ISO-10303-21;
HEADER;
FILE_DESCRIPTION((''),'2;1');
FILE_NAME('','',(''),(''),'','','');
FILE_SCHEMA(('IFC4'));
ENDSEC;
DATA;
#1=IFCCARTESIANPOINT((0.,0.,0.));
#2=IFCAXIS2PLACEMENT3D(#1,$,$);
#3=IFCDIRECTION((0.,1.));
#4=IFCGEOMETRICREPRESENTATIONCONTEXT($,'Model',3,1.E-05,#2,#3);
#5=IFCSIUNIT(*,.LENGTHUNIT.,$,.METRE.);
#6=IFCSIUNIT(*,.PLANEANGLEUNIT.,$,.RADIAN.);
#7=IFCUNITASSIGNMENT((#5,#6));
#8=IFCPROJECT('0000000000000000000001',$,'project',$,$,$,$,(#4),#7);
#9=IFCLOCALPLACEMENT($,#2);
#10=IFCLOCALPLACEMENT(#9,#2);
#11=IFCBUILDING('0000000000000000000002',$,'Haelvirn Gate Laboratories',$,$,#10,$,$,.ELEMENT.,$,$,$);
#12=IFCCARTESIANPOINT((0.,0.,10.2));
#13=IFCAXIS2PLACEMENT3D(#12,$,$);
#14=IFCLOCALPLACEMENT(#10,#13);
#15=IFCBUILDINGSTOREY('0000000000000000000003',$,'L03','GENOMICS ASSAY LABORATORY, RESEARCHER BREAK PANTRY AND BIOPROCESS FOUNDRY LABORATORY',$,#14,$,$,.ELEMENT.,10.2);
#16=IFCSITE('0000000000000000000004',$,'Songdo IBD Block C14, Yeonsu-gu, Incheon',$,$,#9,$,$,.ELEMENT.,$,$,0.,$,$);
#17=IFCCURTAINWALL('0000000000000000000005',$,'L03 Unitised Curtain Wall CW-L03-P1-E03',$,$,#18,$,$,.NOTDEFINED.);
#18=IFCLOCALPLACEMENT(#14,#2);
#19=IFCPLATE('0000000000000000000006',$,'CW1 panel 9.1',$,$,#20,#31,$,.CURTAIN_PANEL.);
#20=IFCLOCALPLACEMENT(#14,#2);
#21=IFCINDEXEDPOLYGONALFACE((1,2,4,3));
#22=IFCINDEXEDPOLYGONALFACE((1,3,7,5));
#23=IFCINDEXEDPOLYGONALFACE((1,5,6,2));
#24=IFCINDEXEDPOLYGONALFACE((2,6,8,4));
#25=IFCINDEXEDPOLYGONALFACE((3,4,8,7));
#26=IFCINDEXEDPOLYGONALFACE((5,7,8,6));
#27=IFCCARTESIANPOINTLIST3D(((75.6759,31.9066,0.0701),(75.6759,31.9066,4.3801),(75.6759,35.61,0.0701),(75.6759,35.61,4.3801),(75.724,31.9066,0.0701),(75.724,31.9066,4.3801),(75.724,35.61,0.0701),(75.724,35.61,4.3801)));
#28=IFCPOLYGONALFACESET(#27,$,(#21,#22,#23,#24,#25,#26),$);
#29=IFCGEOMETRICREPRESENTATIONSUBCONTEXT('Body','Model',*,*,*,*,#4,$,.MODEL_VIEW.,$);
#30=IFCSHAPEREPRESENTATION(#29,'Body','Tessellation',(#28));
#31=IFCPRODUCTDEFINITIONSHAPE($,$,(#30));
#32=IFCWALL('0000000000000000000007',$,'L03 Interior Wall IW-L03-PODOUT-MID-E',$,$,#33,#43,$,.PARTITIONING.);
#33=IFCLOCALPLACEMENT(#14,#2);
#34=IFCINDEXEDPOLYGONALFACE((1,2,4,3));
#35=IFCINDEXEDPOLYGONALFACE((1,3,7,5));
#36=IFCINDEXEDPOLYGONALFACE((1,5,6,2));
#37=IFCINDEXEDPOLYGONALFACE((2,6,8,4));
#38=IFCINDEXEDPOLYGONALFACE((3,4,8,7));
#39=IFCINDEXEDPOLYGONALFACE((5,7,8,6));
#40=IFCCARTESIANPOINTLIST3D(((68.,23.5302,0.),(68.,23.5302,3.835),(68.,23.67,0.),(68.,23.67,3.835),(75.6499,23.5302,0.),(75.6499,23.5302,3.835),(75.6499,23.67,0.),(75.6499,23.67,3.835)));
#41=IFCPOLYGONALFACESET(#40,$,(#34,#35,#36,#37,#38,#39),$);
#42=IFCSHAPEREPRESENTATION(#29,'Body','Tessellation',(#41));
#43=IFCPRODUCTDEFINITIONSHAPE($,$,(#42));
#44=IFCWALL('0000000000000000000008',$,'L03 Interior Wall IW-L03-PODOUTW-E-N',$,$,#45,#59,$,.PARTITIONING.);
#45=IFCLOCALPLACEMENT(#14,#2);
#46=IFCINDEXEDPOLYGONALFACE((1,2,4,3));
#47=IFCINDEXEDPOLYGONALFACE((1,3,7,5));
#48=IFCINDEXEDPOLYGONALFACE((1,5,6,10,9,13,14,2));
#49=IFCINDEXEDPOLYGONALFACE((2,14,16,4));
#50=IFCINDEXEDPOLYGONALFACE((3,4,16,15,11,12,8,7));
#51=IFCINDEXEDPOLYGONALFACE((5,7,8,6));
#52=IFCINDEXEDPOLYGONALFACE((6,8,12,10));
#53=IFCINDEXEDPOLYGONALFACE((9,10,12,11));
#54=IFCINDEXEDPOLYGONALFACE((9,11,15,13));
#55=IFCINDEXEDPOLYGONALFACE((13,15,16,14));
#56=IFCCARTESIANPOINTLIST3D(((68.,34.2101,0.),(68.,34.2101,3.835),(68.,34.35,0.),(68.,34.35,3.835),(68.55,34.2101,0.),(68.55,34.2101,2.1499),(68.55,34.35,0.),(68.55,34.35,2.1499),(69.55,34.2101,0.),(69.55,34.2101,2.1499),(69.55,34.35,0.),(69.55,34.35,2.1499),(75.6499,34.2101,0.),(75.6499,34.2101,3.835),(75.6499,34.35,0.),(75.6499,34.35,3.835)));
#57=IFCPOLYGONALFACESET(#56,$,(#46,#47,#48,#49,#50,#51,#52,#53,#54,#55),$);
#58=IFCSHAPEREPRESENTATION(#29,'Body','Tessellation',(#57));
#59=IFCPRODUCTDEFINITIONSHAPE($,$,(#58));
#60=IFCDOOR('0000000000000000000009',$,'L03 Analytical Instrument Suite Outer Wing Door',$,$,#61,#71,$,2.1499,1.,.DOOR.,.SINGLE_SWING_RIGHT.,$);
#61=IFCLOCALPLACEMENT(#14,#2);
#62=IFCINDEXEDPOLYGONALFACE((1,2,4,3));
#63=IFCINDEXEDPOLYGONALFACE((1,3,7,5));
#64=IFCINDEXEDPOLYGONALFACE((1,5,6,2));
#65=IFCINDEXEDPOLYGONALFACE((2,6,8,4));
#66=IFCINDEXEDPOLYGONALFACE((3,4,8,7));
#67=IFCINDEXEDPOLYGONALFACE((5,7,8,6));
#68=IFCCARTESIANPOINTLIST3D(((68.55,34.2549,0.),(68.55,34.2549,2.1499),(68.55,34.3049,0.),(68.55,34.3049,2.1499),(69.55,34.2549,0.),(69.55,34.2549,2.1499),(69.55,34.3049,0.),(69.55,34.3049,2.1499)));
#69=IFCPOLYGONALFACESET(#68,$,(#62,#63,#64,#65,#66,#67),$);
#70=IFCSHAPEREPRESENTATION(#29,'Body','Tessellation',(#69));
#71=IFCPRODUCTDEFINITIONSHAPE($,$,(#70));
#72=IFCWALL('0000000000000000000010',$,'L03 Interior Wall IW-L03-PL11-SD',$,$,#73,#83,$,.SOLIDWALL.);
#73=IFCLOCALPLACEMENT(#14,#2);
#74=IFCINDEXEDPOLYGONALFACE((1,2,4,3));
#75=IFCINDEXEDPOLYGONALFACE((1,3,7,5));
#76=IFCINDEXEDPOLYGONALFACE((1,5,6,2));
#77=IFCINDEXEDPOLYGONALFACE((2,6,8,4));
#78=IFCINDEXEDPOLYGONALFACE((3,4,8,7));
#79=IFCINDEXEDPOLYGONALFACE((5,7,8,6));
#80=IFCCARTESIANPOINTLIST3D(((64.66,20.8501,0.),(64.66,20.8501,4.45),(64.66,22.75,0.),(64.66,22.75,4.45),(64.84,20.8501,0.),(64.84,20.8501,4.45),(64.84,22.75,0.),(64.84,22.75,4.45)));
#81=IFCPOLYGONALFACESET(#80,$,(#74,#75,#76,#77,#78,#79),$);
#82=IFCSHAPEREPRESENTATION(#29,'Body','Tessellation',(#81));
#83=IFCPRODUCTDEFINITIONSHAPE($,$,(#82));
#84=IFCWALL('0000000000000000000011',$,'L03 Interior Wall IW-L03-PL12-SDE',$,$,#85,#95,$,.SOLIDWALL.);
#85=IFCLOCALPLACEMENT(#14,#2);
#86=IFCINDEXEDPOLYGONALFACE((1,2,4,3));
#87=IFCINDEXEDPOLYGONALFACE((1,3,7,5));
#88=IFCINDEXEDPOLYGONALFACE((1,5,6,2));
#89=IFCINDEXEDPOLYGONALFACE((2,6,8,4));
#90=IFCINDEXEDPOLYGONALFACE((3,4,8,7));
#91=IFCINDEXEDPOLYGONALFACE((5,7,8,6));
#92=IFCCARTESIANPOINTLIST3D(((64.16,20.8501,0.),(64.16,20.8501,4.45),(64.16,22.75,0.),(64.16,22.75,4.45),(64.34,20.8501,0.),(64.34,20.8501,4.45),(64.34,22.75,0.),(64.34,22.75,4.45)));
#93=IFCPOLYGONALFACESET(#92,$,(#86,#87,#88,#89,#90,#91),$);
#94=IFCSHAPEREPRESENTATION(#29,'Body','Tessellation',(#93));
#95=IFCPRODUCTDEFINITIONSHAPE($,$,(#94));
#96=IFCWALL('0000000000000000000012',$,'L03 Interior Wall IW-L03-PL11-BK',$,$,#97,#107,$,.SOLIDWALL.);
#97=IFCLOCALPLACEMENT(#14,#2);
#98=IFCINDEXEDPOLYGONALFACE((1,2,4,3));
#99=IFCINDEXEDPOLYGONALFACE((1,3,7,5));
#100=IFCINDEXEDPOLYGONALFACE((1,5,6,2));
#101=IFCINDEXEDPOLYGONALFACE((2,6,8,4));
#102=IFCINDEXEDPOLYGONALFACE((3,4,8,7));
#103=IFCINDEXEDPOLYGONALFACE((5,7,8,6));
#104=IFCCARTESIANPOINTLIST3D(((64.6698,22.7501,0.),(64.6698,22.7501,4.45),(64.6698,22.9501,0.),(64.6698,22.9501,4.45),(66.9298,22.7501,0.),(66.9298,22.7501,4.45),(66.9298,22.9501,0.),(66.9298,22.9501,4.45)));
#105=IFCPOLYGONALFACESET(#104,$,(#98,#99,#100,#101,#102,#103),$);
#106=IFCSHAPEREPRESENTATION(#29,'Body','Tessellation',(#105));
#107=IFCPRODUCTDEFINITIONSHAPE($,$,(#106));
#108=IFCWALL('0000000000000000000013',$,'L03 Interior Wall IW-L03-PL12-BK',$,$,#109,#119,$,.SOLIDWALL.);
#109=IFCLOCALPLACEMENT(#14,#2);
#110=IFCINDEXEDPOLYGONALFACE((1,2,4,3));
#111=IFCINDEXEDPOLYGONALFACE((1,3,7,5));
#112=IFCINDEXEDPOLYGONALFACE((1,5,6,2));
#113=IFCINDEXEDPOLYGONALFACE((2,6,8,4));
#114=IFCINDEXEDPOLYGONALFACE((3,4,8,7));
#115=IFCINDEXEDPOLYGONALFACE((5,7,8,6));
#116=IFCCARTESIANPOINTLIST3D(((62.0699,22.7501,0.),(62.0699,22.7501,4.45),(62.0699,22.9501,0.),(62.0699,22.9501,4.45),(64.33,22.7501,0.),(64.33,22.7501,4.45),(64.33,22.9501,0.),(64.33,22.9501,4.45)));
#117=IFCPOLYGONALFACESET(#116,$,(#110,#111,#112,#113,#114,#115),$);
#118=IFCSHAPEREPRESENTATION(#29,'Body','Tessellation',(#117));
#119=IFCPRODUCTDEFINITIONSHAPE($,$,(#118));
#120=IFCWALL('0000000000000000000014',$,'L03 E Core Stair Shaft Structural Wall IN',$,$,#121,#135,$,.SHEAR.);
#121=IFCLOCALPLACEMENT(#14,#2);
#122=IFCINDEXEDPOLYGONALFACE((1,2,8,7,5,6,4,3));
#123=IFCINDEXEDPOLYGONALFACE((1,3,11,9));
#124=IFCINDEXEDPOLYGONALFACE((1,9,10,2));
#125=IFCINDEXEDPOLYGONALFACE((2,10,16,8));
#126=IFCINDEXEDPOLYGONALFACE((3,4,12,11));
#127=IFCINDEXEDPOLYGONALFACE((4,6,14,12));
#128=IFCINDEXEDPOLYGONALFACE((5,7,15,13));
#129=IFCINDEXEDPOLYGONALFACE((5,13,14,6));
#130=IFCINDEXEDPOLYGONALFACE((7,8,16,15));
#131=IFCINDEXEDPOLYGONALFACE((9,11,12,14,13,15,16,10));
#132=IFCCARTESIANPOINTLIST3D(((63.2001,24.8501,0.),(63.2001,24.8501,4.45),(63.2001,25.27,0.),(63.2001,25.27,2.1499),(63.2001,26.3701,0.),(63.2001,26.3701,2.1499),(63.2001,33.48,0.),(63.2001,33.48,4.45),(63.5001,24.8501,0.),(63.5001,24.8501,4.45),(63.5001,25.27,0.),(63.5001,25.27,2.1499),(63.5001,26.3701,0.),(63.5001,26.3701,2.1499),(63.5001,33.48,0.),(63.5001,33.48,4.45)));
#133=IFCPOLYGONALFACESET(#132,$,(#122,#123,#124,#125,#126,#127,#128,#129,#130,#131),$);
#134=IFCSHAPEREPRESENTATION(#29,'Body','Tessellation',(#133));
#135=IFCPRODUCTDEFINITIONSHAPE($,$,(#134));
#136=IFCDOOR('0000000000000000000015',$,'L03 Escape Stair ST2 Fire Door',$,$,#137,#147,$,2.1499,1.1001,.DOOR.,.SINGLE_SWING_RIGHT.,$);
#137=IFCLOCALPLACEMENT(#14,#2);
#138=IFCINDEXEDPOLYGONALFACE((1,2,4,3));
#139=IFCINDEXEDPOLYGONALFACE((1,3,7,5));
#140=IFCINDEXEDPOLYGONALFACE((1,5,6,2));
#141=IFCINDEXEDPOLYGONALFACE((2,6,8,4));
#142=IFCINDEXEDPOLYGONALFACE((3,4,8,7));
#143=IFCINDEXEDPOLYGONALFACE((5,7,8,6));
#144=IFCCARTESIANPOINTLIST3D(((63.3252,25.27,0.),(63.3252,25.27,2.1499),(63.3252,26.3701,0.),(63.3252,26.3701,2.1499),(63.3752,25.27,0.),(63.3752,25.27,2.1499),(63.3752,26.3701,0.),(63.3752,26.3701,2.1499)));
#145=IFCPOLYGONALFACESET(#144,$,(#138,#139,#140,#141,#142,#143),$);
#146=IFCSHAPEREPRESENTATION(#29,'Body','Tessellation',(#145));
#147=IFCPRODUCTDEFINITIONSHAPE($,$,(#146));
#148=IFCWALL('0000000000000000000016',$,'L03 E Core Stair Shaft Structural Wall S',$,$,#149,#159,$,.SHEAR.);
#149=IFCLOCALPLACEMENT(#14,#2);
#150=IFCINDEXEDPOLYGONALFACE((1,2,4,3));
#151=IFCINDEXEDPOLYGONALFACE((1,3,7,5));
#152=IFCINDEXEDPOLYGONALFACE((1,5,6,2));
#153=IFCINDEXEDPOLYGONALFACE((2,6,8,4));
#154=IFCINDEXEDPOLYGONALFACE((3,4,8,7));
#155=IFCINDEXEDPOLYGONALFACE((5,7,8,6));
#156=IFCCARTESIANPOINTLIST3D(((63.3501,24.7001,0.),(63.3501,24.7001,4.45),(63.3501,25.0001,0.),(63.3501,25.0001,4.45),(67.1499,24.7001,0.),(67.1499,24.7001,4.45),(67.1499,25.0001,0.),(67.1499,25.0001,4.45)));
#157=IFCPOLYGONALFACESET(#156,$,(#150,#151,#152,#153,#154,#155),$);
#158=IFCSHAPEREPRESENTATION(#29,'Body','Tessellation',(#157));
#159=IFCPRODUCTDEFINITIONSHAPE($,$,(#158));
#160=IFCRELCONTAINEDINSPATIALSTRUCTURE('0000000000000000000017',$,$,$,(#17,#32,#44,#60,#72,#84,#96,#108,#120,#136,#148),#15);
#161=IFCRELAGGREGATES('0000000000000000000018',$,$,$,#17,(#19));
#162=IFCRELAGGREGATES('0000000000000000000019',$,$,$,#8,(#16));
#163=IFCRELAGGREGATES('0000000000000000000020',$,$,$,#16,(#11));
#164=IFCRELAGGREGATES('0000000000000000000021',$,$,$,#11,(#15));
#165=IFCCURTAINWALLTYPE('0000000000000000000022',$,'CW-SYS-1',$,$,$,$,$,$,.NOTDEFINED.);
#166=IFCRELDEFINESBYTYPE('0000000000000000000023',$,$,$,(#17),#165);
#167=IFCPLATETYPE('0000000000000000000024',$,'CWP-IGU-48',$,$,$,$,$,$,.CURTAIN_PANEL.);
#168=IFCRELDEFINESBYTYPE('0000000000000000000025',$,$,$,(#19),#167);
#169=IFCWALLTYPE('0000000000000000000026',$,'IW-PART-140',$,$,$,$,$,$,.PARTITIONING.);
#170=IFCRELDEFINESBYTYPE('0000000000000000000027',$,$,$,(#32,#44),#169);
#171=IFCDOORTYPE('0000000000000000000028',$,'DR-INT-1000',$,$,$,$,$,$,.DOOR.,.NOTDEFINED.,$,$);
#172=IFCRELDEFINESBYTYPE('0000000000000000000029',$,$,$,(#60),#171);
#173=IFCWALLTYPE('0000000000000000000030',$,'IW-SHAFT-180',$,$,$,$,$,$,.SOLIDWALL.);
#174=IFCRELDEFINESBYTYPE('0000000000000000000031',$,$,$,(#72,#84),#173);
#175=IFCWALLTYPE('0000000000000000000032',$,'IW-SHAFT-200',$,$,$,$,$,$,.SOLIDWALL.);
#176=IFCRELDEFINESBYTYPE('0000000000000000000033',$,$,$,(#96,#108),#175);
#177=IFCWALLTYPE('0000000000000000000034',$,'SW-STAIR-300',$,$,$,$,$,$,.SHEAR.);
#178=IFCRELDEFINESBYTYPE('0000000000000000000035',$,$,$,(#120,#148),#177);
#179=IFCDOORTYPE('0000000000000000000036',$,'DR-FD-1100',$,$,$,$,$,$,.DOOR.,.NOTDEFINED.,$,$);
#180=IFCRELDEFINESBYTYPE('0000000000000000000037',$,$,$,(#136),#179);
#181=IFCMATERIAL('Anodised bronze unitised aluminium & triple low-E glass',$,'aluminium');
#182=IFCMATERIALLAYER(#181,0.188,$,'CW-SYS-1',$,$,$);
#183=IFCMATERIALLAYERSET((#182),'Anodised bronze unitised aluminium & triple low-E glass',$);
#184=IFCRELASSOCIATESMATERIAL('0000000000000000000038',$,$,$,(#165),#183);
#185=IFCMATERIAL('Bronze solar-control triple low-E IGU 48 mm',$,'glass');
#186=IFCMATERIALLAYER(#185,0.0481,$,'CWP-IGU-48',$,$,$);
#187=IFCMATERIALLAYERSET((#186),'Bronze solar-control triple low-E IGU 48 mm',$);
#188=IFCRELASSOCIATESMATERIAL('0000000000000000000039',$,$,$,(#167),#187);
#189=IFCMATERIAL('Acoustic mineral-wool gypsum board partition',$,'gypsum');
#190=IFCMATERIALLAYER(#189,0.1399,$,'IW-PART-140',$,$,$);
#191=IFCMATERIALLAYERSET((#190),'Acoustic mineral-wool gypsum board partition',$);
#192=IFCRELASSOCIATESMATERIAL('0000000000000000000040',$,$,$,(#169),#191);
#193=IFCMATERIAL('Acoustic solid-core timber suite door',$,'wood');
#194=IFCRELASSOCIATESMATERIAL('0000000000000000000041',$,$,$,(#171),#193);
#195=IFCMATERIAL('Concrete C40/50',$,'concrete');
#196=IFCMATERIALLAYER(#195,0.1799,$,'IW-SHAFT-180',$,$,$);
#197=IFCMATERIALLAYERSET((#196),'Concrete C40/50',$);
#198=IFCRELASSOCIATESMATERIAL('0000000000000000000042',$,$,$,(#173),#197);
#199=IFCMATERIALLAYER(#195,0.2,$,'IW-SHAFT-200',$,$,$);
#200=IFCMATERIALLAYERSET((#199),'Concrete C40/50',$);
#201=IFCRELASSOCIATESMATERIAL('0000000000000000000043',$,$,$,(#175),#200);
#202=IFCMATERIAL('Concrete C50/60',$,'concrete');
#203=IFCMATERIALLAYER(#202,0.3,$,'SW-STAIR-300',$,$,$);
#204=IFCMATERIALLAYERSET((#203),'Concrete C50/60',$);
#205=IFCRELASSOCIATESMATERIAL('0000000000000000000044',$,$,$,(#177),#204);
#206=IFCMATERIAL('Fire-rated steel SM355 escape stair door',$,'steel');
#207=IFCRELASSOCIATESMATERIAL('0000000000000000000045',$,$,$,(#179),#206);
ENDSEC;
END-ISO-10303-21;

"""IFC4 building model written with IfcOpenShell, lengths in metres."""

from ifc_helpers import new_model, si_unit, direction, frame, frame_2d, origin, origin_2d, place, context, subcontext, project, spatial, rectangle, extrude, source, transform, mapped, material, layer, layer_set, type_object, type_shapes, element, fill, aggregate, save


model = new_model("IFC4")

# Units and contexts
model_context = context("Model", 3, precision=1e-05, world=origin(), true_north=direction((0.0, 1.0)))
body_context = subcontext(model_context, "Body", "Model", "MODEL_VIEW")
ifc_project = project(units=[si_unit("LENGTHUNIT", "METRE"), si_unit("PLANEANGLEUNIT", "RADIAN")], contexts=[model_context])

# Site, building, storey
site_placement = place(None, origin())
site = spatial("IfcSite", under=ifc_project, at=site_placement, Name="Songdo IBD Block C14, Yeonsu-gu, Incheon", CompositionType="ELEMENT", RefElevation=0.0)
building_placement = place(site_placement, origin())
building = spatial("IfcBuilding", under=site, at=building_placement, Name="Haelvirn Gate Laboratories", CompositionType="ELEMENT")
storey_placement = place(building_placement, frame((0.0, 0.0, 10.2)))
storey = spatial("IfcBuildingStorey", under=building, at=storey_placement, Name="L03", Description="GENOMICS ASSAY LABORATORY, RESEARCHER BREAK PANTRY AND BIOPROCESS FOUNDRY LABORATORY", CompositionType="ELEMENT", Elevation=10.2)

# Curtain wall, plate
ifc_material_1 = material(Name="Anodised bronze unitised aluminium & triple low-E glass", Category="aluminium")
ifc_layer_1 = layer(ifc_material_1, 0.188, Name="CW-SYS-1")
ifc_layer_set_1 = layer_set([ifc_layer_1], Name="Anodised bronze unitised aluminium & triple low-E glass")
curtain_wall_type = type_object("IfcCurtainWallType", Name="CW-SYS-1", PredefinedType="NOTDEFINED", material=ifc_layer_set_1)
curtain_wall_placement = place(storey_placement, origin())
curtain_wall = element("IfcCurtainWall", 1, at=curtain_wall_placement, inside=storey, type_object=curtain_wall_type, Name="L03 Unitised Curtain Wall CW-L03-P1-E03", PredefinedType="NOTDEFINED")
ifc_material_2 = material(Name="Bronze solar-control triple low-E IGU 48 mm", Category="glass")
ifc_layer_2 = layer(ifc_material_2, 0.0481, Name="CWP-IGU-48")
ifc_layer_set_2 = layer_set([ifc_layer_2], Name="Bronze solar-control triple low-E IGU 48 mm")
plate_type = type_object("IfcPlateType", Name="CWP-IGU-48", PredefinedType="CURTAIN_PANEL", material=ifc_layer_set_2)
shared_shape_1 = source(origin(), body_context, "Body", "SweptSolid", [
    extrude(rectangle(XDim=3.7034, YDim=0.0481, at=origin_2d()), origin(), (0.0, 0.0, 1.0), 4.3101),
])
type_shapes(plate_type, [shared_shape_1])
plate_1_placement = place(storey_placement, frame((75.7, 33.7583, 0.0701), z_axis=(0.0, 0.0, 1.0), x_axis=(0.0, 1.0, 0.0)))
plate_1 = element("IfcPlate", 2, at=plate_1_placement, type_object=plate_type, Name="CW1 panel 9.1", PredefinedType="CURTAIN_PANEL", context=body_context, shape_type="MappedRepresentation", body=[
    mapped(shared_shape_1, transform((0.0, 0.0, 0.0), scale=1.0)),
])
aggregate(curtain_wall, [plate_1])

# Wall
ifc_material_3 = material(Name="Acoustic mineral-wool gypsum board partition", Category="gypsum")
ifc_layer_3 = layer(ifc_material_3, 0.1399, Name="IW-PART-140")
ifc_layer_set_3 = layer_set([ifc_layer_3], Name="Acoustic mineral-wool gypsum board partition")
wall_type_1 = type_object("IfcWallType", Name="IW-PART-140", PredefinedType="PARTITIONING", material=ifc_layer_set_3)
wall_1_placement = place(storey_placement, frame((68.0, 23.6001, 0.0), z_axis=(0.0, 0.0, 1.0), x_axis=(1.0, 0.0, 0.0)))
element("IfcWall", 3, at=wall_1_placement, inside=storey, type_object=wall_type_1, Name="L03 Interior Wall IW-L03-PODOUT-MID-E", PredefinedType="PARTITIONING", context=body_context, shape_type="SweptSolid", body=[
    extrude(rectangle(XDim=7.6499, YDim=0.1399, at=frame_2d((3.825, 0.0))), origin(), (0.0, 0.0, 1.0), 3.835),
])

# Wall, opening, door
wall_2_placement = place(storey_placement, frame((68.0, 34.28, 0.0), z_axis=(0.0, 0.0, 1.0), x_axis=(1.0, 0.0, 0.0)))
wall_2 = element("IfcWall", 4, at=wall_2_placement, inside=storey, type_object=wall_type_1, Name="L03 Interior Wall IW-L03-PODOUTW-E-N", PredefinedType="PARTITIONING", context=body_context, shape_type="SweptSolid", body=[
    extrude(rectangle(XDim=7.6499, YDim=0.1399, at=frame_2d((3.825, 0.0))), origin(), (0.0, 0.0, 1.0), 3.835),
])
opening_1_placement = place(wall_2_placement, frame((0.55, 0.0, 0.0)))
opening_1 = element("IfcOpeningElement", 5, at=opening_1_placement, cuts=wall_2, PredefinedType="OPENING", context=body_context, shape_type="SweptSolid", body=[
    extrude(rectangle(XDim=1.0, YDim=2.1499, at=frame_2d((0.5, 1.075))), frame((0.0, 0.0801, 0.0), z_axis=(0.0, -1.0, 0.0), x_axis=(1.0, 0.0, 0.0)), (0.0, 0.0, 1.0), 0.1599),
])
ifc_material_4 = material(Name="Acoustic solid-core timber suite door", Category="wood")
door_type_1 = type_object("IfcDoorType", Name="DR-INT-1000", OperationType="NOTDEFINED", PredefinedType="DOOR", material=ifc_material_4)
shared_shape_2 = source(origin(), body_context, "Body", "SweptSolid", [
    extrude(rectangle(XDim=1.0, YDim=2.1499, at=frame_2d((0.5, 1.075))), frame((0.0, 0.0249, 0.0), z_axis=(0.0, -1.0, 0.0), x_axis=(1.0, 0.0, 0.0)), (0.0, 0.0, 1.0), 0.05),
])
type_shapes(door_type_1, [shared_shape_2])
door_1_placement = place(opening_1_placement, origin())
door_1 = element("IfcDoor", 6, at=door_1_placement, inside=storey, type_object=door_type_1, Name="L03 Analytical Instrument Suite Outer Wing Door", OperationType="SINGLE_SWING_RIGHT", OverallHeight=2.1499, OverallWidth=1.0, PredefinedType="DOOR", context=body_context, shape_type="MappedRepresentation", body=[
    mapped(shared_shape_2, transform((0.0, 0.0, 0.0), scale=1.0)),
])
fill(opening_1, door_1)

# Walls
ifc_material_5 = material(Name="Concrete C40/50", Category="concrete")
ifc_layer_4 = layer(ifc_material_5, 0.1799, Name="IW-SHAFT-180")
ifc_layer_set_4 = layer_set([ifc_layer_4], Name="Concrete C40/50")
wall_type_2 = type_object("IfcWallType", Name="IW-SHAFT-180", PredefinedType="SOLIDWALL", material=ifc_layer_set_4)
for number, where, z_axis, x_axis, name in (
    (7, (64.75, 20.8501, 0.0), (0.0, 0.0, 1.0), (0.0, 1.0, 0.0), "L03 Interior Wall IW-L03-PL11-SD"),
    (8, (64.25, 20.8501, 0.0), (0.0, 0.0, 1.0), (0.0, 1.0, 0.0), "L03 Interior Wall IW-L03-PL12-SDE"),
):
    element("IfcWall", number, at=place(storey_placement, frame(where, z_axis=z_axis, x_axis=x_axis)), inside=storey, type_object=wall_type_2, Name=name, PredefinedType="SOLIDWALL", context=body_context, shape_type="SweptSolid", body=[
        extrude(rectangle(XDim=1.8999, YDim=0.1799, at=frame_2d((0.95, 0.0))), origin(), (0.0, 0.0, 1.0), 4.45),
    ])
ifc_layer_5 = layer(ifc_material_5, 0.2, Name="IW-SHAFT-200")
ifc_layer_set_5 = layer_set([ifc_layer_5], Name="Concrete C40/50")
wall_type_3 = type_object("IfcWallType", Name="IW-SHAFT-200", PredefinedType="SOLIDWALL", material=ifc_layer_set_5)
for number, where, z_axis, x_axis, name in (
    (9, (64.6699, 22.8501, 0.0), (0.0, 0.0, 1.0), (1.0, 0.0, 0.0), "L03 Interior Wall IW-L03-PL11-BK"),
    (10, (62.0701, 22.8501, 0.0), (0.0, 0.0, 1.0), (1.0, 0.0, 0.0), "L03 Interior Wall IW-L03-PL12-BK"),
):
    element("IfcWall", number, at=place(storey_placement, frame(where, z_axis=z_axis, x_axis=x_axis)), inside=storey, type_object=wall_type_3, Name=name, PredefinedType="SOLIDWALL", context=body_context, shape_type="SweptSolid", body=[
        extrude(rectangle(XDim=2.26, YDim=0.2, at=frame_2d((1.1299, 0.0))), origin(), (0.0, 0.0, 1.0), 4.45),
    ])

# Wall, opening, door
ifc_material_6 = material(Name="Concrete C50/60", Category="concrete")
ifc_layer_6 = layer(ifc_material_6, 0.3, Name="SW-STAIR-300")
ifc_layer_set_6 = layer_set([ifc_layer_6], Name="Concrete C50/60")
wall_type_4 = type_object("IfcWallType", Name="SW-STAIR-300", PredefinedType="SHEAR", material=ifc_layer_set_6)
wall_3_placement = place(storey_placement, frame((63.3501, 24.8501, 0.0), z_axis=(0.0, 0.0, 1.0), x_axis=(0.0, 1.0, 0.0)))
wall_3 = element("IfcWall", 11, at=wall_3_placement, inside=storey, type_object=wall_type_4, Name="L03 E Core Stair Shaft Structural Wall IN", PredefinedType="SHEAR", context=body_context, shape_type="SweptSolid", body=[
    extrude(rectangle(XDim=8.6299, YDim=0.3, at=frame_2d((4.3149, 0.0))), origin(), (0.0, 0.0, 1.0), 4.45),
])
opening_2_placement = place(wall_3_placement, frame((0.4199, 0.0, 0.0)))
opening_2 = element("IfcOpeningElement", 12, at=opening_2_placement, cuts=wall_3, PredefinedType="OPENING", context=body_context, shape_type="SweptSolid", body=[
    extrude(rectangle(XDim=1.1001, YDim=2.1499, at=frame_2d((0.55, 1.075))), frame((0.0, 0.1602, 0.0), z_axis=(0.0, -1.0, 0.0), x_axis=(1.0, 0.0, 0.0)), (0.0, 0.0, 1.0), 0.3201),
])
ifc_material_7 = material(Name="Fire-rated steel SM355 escape stair door", Category="steel")
door_type_2 = type_object("IfcDoorType", Name="DR-FD-1100", OperationType="NOTDEFINED", PredefinedType="DOOR", material=ifc_material_7)
shared_shape_3 = source(origin(), body_context, "Body", "SweptSolid", [
    extrude(rectangle(XDim=1.1001, YDim=2.1499, at=frame_2d((0.55, 1.075))), frame((0.0, 0.0249, 0.0), z_axis=(0.0, -1.0, 0.0), x_axis=(1.0, 0.0, 0.0)), (0.0, 0.0, 1.0), 0.05),
])
type_shapes(door_type_2, [shared_shape_3])
door_2_placement = place(opening_2_placement, origin())
door_2 = element("IfcDoor", 13, at=door_2_placement, inside=storey, type_object=door_type_2, Name="L03 Escape Stair ST2 Fire Door", OperationType="SINGLE_SWING_RIGHT", OverallHeight=2.1499, OverallWidth=1.1001, PredefinedType="DOOR", context=body_context, shape_type="MappedRepresentation", body=[
    mapped(shared_shape_3, transform((0.0, 0.0, 0.0), scale=1.0)),
])
fill(opening_2, door_2)

# Wall
wall_4_placement = place(storey_placement, frame((63.3501, 24.8501, 0.0), z_axis=(0.0, 0.0, 1.0), x_axis=(1.0, 0.0, 0.0)))
element("IfcWall", 14, at=wall_4_placement, inside=storey, type_object=wall_type_4, Name="L03 E Core Stair Shaft Structural Wall S", PredefinedType="SHEAR", context=body_context, shape_type="SweptSolid", body=[
    extrude(rectangle(XDim=3.7998, YDim=0.3, at=frame_2d((1.8999, 0.0))), origin(), (0.0, 0.0, 1.0), 4.45),
])

save(model, "model.ifc")
